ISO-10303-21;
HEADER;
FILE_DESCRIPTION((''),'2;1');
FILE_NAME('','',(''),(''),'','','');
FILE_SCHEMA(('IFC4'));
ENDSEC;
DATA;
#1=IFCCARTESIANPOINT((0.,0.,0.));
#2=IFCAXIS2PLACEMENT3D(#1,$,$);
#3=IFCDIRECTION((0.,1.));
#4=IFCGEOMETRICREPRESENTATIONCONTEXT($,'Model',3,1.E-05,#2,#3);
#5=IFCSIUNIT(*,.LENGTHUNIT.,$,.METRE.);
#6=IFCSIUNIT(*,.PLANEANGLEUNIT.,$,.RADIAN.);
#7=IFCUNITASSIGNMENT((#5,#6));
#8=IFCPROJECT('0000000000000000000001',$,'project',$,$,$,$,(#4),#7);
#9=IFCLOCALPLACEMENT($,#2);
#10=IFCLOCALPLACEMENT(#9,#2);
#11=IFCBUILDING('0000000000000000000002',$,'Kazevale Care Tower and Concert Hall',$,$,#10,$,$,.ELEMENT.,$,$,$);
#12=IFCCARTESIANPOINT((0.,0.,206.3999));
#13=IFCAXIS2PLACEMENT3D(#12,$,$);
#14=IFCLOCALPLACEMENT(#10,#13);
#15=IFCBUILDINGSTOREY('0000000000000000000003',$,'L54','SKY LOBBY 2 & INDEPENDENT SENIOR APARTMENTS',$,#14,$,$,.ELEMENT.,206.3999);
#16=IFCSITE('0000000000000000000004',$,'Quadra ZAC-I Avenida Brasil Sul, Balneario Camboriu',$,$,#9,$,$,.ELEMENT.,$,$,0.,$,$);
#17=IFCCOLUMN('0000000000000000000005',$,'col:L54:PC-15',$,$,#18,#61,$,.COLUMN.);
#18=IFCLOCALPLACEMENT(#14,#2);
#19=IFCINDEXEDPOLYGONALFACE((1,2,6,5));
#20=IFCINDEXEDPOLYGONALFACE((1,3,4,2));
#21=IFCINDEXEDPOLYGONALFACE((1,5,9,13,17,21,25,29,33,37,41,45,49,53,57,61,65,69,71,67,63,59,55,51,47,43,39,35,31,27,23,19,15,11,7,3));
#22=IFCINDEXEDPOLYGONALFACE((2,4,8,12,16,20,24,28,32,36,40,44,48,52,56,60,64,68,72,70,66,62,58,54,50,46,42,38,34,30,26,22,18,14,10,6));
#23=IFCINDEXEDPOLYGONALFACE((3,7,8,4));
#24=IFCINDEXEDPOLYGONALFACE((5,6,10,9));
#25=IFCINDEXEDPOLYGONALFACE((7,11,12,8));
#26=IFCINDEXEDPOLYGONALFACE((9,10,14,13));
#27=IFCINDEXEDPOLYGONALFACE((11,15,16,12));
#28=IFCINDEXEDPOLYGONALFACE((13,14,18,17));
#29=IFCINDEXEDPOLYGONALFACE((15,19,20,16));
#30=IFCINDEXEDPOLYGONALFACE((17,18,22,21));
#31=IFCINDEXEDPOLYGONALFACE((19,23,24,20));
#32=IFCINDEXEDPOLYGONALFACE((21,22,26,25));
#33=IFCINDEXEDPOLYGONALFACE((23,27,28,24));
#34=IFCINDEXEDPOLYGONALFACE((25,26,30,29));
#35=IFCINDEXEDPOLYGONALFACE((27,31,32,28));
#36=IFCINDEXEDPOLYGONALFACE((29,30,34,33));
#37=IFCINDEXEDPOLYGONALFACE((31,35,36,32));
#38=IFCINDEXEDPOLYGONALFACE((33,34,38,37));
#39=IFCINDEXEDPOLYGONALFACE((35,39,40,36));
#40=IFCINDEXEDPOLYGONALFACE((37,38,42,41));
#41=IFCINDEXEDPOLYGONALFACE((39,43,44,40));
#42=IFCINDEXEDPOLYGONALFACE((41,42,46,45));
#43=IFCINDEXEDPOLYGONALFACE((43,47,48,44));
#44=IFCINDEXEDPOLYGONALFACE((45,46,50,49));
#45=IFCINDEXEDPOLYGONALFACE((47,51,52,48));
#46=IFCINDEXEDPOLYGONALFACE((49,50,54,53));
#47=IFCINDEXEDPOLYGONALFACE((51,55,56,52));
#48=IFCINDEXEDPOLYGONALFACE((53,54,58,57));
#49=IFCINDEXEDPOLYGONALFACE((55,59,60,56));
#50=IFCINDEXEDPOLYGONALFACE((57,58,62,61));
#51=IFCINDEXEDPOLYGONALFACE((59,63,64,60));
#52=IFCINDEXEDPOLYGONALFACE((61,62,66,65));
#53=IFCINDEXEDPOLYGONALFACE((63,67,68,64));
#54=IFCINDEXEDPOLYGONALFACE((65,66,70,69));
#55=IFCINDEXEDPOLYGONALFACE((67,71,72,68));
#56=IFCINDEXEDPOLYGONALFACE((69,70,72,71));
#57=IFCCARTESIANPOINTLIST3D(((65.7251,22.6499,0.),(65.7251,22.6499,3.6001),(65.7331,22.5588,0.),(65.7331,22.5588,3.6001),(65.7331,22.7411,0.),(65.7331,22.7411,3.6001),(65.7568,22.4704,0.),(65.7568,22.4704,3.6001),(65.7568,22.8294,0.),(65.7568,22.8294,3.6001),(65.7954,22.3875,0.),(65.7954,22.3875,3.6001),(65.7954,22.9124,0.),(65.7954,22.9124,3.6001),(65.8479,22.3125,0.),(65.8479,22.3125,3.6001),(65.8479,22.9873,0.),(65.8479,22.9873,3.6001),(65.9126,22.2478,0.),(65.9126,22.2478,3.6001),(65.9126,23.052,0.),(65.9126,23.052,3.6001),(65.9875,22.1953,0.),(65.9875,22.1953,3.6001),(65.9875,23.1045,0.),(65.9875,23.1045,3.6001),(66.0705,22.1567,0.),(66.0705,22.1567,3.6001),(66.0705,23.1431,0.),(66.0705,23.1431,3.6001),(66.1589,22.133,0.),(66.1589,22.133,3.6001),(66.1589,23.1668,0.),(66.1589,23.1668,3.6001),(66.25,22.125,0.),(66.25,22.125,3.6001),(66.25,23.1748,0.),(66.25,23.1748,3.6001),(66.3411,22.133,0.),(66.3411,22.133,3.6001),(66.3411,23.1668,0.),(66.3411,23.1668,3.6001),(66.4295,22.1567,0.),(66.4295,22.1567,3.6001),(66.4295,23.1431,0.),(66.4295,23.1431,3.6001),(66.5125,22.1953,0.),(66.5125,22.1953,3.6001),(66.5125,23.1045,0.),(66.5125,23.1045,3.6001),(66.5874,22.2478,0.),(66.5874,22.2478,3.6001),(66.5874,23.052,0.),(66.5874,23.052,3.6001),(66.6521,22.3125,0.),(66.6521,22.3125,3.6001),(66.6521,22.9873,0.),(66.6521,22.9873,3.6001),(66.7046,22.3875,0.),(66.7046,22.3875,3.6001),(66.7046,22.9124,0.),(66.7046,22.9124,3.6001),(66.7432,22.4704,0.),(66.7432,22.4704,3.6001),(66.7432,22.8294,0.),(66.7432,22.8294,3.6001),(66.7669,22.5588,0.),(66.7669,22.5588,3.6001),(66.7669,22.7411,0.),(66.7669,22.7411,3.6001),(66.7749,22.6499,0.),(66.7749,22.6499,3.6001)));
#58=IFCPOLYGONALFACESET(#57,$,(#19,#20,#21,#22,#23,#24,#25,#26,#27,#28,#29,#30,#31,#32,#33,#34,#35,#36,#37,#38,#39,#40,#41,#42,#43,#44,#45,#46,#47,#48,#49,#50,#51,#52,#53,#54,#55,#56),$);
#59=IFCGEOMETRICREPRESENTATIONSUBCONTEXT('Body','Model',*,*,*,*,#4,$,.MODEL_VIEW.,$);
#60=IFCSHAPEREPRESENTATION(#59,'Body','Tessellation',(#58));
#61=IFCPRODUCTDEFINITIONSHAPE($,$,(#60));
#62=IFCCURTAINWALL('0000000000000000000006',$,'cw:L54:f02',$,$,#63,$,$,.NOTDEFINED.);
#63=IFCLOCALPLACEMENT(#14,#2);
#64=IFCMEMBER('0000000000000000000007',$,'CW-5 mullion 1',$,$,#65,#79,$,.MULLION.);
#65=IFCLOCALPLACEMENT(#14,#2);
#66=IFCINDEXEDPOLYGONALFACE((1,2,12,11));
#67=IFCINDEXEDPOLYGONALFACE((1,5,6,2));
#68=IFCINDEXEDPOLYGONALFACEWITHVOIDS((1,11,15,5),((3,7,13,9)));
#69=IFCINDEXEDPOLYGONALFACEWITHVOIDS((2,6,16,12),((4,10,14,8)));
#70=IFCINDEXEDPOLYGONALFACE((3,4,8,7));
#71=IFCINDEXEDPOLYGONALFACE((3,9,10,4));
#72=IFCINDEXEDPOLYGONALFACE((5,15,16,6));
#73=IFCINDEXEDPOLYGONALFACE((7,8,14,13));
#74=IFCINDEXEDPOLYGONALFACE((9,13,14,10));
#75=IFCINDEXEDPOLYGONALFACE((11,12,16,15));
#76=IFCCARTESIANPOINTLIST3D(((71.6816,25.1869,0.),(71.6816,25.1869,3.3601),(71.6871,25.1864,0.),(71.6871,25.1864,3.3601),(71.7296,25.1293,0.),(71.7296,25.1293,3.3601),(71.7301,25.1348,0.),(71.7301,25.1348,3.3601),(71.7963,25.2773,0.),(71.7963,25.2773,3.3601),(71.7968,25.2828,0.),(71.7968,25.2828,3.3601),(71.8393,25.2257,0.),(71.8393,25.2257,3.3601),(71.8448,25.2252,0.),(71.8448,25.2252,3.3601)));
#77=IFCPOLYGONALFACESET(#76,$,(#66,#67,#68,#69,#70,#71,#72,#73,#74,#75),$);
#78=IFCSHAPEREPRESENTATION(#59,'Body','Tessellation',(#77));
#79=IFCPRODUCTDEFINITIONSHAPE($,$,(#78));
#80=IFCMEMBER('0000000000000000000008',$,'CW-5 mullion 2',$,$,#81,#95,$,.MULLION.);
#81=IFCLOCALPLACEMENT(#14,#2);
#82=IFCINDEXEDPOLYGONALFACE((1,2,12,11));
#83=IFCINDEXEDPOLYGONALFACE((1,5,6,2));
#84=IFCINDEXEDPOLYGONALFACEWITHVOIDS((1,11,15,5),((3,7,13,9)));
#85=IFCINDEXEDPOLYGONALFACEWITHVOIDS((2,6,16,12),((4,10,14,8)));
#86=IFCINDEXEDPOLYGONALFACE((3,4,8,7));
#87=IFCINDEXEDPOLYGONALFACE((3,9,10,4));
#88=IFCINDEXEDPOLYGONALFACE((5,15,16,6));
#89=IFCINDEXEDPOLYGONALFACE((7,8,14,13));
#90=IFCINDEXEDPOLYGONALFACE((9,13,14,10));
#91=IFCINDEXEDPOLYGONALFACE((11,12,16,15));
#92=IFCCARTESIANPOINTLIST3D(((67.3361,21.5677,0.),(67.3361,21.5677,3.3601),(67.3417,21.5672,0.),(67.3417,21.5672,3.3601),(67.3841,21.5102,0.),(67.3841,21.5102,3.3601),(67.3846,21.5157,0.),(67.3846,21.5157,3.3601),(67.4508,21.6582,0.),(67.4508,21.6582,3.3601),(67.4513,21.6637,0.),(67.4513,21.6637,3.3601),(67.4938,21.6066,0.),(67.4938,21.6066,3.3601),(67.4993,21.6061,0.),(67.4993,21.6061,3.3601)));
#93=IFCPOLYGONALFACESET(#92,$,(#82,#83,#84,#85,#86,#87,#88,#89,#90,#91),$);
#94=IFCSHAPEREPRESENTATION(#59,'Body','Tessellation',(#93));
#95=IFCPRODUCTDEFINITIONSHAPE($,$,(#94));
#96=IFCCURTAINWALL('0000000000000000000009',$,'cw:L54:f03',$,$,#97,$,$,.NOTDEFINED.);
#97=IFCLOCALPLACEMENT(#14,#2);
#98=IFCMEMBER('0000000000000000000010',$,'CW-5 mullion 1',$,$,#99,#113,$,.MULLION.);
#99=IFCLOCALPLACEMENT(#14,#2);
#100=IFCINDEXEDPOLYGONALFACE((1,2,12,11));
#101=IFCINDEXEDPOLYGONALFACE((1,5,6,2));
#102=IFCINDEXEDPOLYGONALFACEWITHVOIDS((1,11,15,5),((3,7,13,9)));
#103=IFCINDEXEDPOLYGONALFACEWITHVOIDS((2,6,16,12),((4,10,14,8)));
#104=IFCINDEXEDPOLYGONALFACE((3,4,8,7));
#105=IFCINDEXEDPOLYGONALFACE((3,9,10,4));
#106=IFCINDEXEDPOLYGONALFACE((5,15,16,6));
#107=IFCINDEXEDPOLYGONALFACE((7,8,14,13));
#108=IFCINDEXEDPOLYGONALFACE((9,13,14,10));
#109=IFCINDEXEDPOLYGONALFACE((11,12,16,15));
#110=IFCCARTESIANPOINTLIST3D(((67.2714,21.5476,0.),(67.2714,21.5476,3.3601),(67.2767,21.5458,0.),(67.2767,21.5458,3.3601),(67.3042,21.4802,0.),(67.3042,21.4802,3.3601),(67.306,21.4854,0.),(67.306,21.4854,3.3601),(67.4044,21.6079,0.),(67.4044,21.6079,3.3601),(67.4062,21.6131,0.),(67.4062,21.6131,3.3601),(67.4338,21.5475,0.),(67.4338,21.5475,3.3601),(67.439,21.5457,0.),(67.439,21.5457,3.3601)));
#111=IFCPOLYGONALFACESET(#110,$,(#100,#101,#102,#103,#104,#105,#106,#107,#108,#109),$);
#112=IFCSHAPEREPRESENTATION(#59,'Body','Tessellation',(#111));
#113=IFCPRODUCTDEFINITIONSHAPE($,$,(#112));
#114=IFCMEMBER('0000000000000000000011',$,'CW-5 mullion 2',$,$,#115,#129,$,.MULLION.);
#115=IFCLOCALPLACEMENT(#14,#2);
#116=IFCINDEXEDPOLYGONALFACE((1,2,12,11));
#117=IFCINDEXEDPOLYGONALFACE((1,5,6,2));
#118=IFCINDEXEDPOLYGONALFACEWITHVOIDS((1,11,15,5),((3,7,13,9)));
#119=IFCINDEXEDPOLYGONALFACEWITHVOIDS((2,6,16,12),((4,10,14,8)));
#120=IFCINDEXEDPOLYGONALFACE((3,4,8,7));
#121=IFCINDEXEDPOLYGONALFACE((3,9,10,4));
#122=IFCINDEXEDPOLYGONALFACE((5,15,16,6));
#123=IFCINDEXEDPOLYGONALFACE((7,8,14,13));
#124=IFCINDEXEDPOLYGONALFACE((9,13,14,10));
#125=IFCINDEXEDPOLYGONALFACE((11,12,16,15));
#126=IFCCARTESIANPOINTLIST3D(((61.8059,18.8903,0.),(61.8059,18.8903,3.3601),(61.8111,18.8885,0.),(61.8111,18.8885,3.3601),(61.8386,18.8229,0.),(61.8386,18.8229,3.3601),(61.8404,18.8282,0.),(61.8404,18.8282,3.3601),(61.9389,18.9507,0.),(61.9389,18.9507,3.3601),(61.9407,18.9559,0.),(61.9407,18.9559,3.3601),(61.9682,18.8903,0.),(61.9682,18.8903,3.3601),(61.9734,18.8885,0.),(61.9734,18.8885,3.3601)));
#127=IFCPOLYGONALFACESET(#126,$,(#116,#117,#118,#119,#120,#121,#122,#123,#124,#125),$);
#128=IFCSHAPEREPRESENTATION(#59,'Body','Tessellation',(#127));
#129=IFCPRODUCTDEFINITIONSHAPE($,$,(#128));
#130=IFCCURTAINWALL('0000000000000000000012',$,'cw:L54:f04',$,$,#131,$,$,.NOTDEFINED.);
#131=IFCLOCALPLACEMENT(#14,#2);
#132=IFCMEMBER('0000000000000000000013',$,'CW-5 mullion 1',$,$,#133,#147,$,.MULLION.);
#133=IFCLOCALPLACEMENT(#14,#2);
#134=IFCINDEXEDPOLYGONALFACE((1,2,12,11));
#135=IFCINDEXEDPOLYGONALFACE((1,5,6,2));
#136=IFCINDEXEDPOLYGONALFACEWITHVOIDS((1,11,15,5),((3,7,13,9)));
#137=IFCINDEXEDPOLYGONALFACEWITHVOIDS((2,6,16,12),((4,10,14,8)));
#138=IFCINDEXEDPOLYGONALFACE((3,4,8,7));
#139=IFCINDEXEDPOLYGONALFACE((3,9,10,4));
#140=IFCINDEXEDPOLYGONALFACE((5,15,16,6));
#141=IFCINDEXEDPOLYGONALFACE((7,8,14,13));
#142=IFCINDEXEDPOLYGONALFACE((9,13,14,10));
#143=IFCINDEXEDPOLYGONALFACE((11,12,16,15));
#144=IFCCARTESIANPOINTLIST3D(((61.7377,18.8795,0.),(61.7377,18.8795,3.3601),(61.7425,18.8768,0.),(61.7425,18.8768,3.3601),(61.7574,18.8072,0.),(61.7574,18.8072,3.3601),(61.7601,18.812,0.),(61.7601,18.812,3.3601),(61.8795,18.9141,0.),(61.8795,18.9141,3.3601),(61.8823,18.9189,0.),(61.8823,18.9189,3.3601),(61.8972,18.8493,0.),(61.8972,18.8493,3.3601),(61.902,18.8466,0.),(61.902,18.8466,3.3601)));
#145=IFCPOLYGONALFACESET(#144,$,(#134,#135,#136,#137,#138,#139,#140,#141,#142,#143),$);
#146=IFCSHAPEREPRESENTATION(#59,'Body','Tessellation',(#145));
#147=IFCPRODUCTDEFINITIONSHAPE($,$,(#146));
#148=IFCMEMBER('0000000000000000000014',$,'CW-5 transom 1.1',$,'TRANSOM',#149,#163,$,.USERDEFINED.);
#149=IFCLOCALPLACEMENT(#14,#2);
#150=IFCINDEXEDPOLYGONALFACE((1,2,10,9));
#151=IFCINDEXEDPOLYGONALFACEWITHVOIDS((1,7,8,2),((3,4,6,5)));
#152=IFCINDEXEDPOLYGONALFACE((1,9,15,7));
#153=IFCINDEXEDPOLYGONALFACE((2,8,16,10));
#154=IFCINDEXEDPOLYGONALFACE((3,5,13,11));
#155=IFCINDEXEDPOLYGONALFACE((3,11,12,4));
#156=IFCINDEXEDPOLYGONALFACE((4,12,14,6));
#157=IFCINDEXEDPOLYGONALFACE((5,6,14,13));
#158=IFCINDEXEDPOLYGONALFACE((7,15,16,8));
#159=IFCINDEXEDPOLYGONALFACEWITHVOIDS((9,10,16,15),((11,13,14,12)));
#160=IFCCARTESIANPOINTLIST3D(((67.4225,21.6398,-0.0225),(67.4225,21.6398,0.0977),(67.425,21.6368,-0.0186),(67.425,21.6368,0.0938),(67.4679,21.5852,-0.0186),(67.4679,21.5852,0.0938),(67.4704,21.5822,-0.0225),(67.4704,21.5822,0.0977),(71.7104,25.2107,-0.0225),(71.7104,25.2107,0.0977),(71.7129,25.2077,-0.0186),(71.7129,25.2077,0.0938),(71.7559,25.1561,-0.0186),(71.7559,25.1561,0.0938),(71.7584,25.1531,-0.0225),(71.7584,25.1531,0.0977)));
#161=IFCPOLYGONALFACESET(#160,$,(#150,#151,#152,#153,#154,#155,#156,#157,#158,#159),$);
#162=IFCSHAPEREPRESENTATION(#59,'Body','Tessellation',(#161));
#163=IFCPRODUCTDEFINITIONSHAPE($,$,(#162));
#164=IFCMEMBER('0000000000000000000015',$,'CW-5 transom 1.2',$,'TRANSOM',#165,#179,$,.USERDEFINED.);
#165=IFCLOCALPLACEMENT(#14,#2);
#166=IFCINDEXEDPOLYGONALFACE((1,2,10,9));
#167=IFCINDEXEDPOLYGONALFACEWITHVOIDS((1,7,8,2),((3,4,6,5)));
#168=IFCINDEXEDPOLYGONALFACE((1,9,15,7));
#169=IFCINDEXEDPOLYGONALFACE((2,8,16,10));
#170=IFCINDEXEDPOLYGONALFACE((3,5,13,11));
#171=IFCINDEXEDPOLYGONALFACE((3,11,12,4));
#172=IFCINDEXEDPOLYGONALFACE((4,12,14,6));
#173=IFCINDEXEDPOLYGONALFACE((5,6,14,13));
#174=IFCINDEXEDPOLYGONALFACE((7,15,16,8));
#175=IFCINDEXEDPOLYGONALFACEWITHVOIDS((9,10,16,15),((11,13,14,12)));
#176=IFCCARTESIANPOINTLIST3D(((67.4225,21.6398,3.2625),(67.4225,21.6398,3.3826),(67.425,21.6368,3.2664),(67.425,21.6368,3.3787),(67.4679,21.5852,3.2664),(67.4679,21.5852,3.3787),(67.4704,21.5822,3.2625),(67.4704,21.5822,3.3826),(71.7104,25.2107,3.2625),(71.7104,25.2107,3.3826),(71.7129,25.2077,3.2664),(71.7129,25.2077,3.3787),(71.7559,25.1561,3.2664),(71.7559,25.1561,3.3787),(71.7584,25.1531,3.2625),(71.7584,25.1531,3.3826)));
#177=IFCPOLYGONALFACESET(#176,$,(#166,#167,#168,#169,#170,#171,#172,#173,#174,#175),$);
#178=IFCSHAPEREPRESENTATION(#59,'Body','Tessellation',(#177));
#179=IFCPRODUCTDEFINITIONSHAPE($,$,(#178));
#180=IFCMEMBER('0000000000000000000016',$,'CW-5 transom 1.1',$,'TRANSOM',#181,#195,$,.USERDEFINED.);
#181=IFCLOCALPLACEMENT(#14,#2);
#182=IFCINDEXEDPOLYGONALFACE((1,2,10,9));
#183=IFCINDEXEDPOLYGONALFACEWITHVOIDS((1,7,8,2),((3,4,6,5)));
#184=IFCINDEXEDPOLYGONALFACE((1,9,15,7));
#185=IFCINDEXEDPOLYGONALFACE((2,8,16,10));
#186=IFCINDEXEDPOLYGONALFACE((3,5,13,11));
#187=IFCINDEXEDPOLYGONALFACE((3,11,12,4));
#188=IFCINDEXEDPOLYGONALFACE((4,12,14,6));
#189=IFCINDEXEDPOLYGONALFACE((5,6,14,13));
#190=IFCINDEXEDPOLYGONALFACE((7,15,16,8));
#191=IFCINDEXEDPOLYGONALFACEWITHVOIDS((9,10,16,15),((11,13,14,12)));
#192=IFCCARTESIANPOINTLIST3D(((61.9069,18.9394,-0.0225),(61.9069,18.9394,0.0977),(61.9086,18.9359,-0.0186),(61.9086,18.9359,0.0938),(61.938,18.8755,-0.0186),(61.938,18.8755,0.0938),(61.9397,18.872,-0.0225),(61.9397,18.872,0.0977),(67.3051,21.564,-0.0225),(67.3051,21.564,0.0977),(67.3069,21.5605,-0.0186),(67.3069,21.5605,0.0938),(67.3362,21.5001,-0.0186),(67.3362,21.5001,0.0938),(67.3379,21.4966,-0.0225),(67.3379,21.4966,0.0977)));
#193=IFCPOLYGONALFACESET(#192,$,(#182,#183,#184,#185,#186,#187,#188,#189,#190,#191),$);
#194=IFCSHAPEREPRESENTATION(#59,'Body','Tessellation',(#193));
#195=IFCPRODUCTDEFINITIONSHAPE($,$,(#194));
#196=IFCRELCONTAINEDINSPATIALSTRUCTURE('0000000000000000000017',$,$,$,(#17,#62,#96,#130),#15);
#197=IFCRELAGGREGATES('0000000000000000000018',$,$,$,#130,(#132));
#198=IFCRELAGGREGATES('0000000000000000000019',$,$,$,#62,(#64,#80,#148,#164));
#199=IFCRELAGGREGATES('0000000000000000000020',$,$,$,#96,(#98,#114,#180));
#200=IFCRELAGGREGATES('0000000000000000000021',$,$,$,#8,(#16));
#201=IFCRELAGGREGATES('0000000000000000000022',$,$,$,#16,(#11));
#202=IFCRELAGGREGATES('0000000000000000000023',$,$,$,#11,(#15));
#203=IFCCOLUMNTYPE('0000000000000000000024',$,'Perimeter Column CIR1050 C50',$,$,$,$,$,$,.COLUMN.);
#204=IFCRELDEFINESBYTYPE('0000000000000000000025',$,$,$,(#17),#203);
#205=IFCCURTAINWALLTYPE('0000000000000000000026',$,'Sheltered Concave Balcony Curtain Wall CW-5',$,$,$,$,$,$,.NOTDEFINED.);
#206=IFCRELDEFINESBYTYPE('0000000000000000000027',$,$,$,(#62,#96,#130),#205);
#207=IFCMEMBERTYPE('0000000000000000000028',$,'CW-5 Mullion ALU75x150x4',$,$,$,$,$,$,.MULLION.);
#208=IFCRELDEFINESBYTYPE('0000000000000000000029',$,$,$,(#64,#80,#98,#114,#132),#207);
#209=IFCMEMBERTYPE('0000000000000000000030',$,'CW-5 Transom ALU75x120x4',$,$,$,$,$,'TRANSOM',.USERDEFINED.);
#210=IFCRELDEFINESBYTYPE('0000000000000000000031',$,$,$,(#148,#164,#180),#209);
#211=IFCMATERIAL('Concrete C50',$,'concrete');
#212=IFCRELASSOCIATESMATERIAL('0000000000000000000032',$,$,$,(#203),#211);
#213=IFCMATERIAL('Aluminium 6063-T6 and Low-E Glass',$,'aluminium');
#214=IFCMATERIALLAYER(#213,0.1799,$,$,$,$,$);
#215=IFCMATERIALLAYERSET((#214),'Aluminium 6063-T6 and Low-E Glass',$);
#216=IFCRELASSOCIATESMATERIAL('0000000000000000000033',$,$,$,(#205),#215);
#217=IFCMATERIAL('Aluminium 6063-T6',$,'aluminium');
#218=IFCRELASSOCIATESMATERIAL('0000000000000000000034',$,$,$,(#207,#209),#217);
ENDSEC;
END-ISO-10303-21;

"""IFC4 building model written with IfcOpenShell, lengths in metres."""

from ifc_helpers import new_model, si_unit, direction, frame, origin, origin_2d, place, context, subcontext, project, spatial, hollow_rectangle, circle, extrude, material, layer, layer_set, material_profile, profile_set, type_object, element, aggregate, save


model = new_model("IFC4")

# Units and contexts
model_context = context("Model", 3, precision=1e-05, world=origin(), true_north=direction((0.0, 1.0)))
body_context = subcontext(model_context, "Body", "Model", "MODEL_VIEW")
ifc_project = project(units=[si_unit("LENGTHUNIT", "METRE"), si_unit("PLANEANGLEUNIT", "RADIAN")], contexts=[model_context])

# Site, building, storey
site_placement = place(None, origin())
site = spatial("IfcSite", under=ifc_project, at=site_placement, Name="Quadra ZAC-I Avenida Brasil Sul, Balneario Camboriu", CompositionType="ELEMENT", RefElevation=0.0)
building_placement = place(site_placement, origin())
building = spatial("IfcBuilding", under=site, at=building_placement, Name="Kazevale Care Tower and Concert Hall", CompositionType="ELEMENT")
storey_placement = place(building_placement, frame((0.0, 0.0, 206.3999)))
storey = spatial("IfcBuildingStorey", under=building, at=storey_placement, Name="L54", Description="SKY LOBBY 2 & INDEPENDENT SENIOR APARTMENTS", CompositionType="ELEMENT", Elevation=206.3999)

# Column
ifc_material_1 = material(Name="Concrete C50", Category="concrete")
ifc_material_profile_1 = material_profile(ifc_material_1, circle(Radius=0.5249, at=origin_2d()), Name="RC-CIR1050")
ifc_profile_set_1 = profile_set([ifc_material_profile_1], Name="Concrete C50")
column_type = type_object("IfcColumnType", Name="Perimeter Column CIR1050 C50", PredefinedType="COLUMN", material=ifc_profile_set_1)
column_placement = place(storey_placement, frame((66.25, 22.6499, 0.0), z_axis=(0.0, 0.0, 1.0), x_axis=(1.0, 0.0, 0.0)))
element("IfcColumn", 1, at=column_placement, inside=storey, type_object=column_type, Name="col:L54:PC-15", PredefinedType="COLUMN", context=body_context, shape_type="SweptSolid", body=[
    extrude(circle(Radius=0.5249, at=origin_2d()), origin(), (0.0, 0.0, 1.0), 3.6001),
])

# Curtain walls, members
ifc_material_2 = material(Name="Aluminium 6063-T6 and Low-E Glass", Category="aluminium")
ifc_layer_1 = layer(ifc_material_2, 0.1799)
ifc_layer_set_1 = layer_set([ifc_layer_1], Name="Aluminium 6063-T6 and Low-E Glass")
curtain_wall_type = type_object("IfcCurtainWallType", Name="Sheltered Concave Balcony Curtain Wall CW-5", PredefinedType="NOTDEFINED", material=ifc_layer_set_1)
curtain_wall_1_placement = place(storey_placement, origin())
curtain_wall_1 = element("IfcCurtainWall", 2, at=curtain_wall_1_placement, inside=storey, type_object=curtain_wall_type, Name="cw:L54:f02", PredefinedType="NOTDEFINED")
ifc_material_3 = material(Name="Aluminium 6063-T6", Category="aluminium")
ifc_material_profile_2 = material_profile(ifc_material_3, hollow_rectangle(XDim=0.075, YDim=0.1499, WallThickness=0.0039, at=origin_2d()), Name="ALU75x150x4")
ifc_profile_set_2 = profile_set([ifc_material_profile_2], Name="Aluminium 6063-T6")
member_type_1 = type_object("IfcMemberType", Name="CW-5 Mullion ALU75x150x4", PredefinedType="MULLION", material=ifc_profile_set_2)
member_1_placement = place(storey_placement, frame((71.7632, 25.2061, 0.0), z_axis=(0.0, 0.0, 1.0), x_axis=(0.639961, -0.768407, 0.0)))
member_1 = element("IfcMember", 3, at=member_1_placement, type_object=member_type_1, Name="CW-5 mullion 1", PredefinedType="MULLION", context=body_context, shape_type="SweptSolid", body=[
    extrude(hollow_rectangle(XDim=0.075, YDim=0.1499, WallThickness=0.0039, at=origin_2d()), origin(), (0.0, 0.0, 1.0), 3.3601),
])
member_2_placement = place(storey_placement, frame((67.4177, 21.5869, 0.0), z_axis=(0.0, 0.0, 1.0), x_axis=(0.639961, -0.768407, 0.0)))
member_2 = element("IfcMember", 4, at=member_2_placement, type_object=member_type_1, Name="CW-5 mullion 2", PredefinedType="MULLION", context=body_context, shape_type="SweptSolid", body=[
    extrude(hollow_rectangle(XDim=0.075, YDim=0.1499, WallThickness=0.0039, at=origin_2d()), origin(), (0.0, 0.0, 1.0), 3.3601),
])
curtain_wall_2_placement = place(storey_placement, origin())
curtain_wall_2 = element("IfcCurtainWall", 5, at=curtain_wall_2_placement, inside=storey, type_object=curtain_wall_type, Name="cw:L54:f03", PredefinedType="NOTDEFINED")
member_3_placement = place(storey_placement, frame((67.3552, 21.5466, 0.0), z_axis=(0.0, 0.0, 1.0), x_axis=(0.437238, -0.899346, 0.0)))
member_3 = element("IfcMember", 6, at=member_3_placement, type_object=member_type_1, Name="CW-5 mullion 1", PredefinedType="MULLION", context=body_context, shape_type="SweptSolid", body=[
    extrude(hollow_rectangle(XDim=0.075, YDim=0.1499, WallThickness=0.0039, at=origin_2d()), origin(), (0.0, 0.0, 1.0), 3.3601),
])
member_4_placement = place(storey_placement, frame((61.8896, 18.8894, 0.0), z_axis=(0.0, 0.0, 1.0), x_axis=(0.437238, -0.899346, 0.0)))
member_4 = element("IfcMember", 7, at=member_4_placement, type_object=member_type_1, Name="CW-5 mullion 2", PredefinedType="MULLION", context=body_context, shape_type="SweptSolid", body=[
    extrude(hollow_rectangle(XDim=0.075, YDim=0.1499, WallThickness=0.0039, at=origin_2d()), origin(), (0.0, 0.0, 1.0), 3.3601),
])

# Curtain wall, member
curtain_wall_3_placement = place(storey_placement, origin())
curtain_wall_3 = element("IfcCurtainWall", 8, at=curtain_wall_3_placement, inside=storey, type_object=curtain_wall_type, Name="cw:L54:f04", PredefinedType="NOTDEFINED")
member_5_placement = place(storey_placement, frame((61.8198, 18.863, 0.0), z_axis=(0.0, 0.0, 1.0), x_axis=(0.262849, -0.964837, 0.0)))
member_5 = element("IfcMember", 9, at=member_5_placement, type_object=member_type_1, Name="CW-5 mullion 1", PredefinedType="MULLION", context=body_context, shape_type="SweptSolid", body=[
    extrude(hollow_rectangle(XDim=0.075, YDim=0.1499, WallThickness=0.0039, at=origin_2d()), origin(), (0.0, 0.0, 1.0), 3.3601),
])

# Members
ifc_material_profile_3 = material_profile(ifc_material_3, hollow_rectangle(XDim=0.075, YDim=0.1201, WallThickness=0.0039, at=origin_2d()), Name="ALU75x120x4")
ifc_profile_set_3 = profile_set([ifc_material_profile_3], Name="Aluminium 6063-T6")
member_type_2 = type_object("IfcMemberType", Name="CW-5 Transom ALU75x120x4", ElementType="TRANSOM", PredefinedType="USERDEFINED", material=ifc_profile_set_3)
member_6_placement = place(storey_placement, frame((71.7344, 25.1819, 0.0376), z_axis=(-0.768433, -0.63993, 0.0), x_axis=(0.63993, -0.768433, 0.0)))
member_6 = element("IfcMember", 10, at=member_6_placement, type_object=member_type_2, Name="CW-5 transom 1.1", ObjectType="TRANSOM", PredefinedType="USERDEFINED", context=body_context, shape_type="SweptSolid", body=[
    extrude(hollow_rectangle(XDim=0.075, YDim=0.1201, WallThickness=0.0039, at=origin_2d()), origin(), (0.0, 0.0, 1.0), 5.5801),
])
member_7_placement = place(storey_placement, frame((71.7344, 25.1819, 3.3225), z_axis=(-0.768433, -0.63993, 0.0), x_axis=(0.63993, -0.768433, 0.0)))
member_7 = element("IfcMember", 11, at=member_7_placement, type_object=member_type_2, Name="CW-5 transom 1.2", ObjectType="TRANSOM", PredefinedType="USERDEFINED", context=body_context, shape_type="SweptSolid", body=[
    extrude(hollow_rectangle(XDim=0.075, YDim=0.1201, WallThickness=0.0039, at=origin_2d()), origin(), (0.0, 0.0, 1.0), 5.5801),
])
member_8_placement = place(storey_placement, frame((67.3215, 21.5303, 0.0376), z_axis=(-0.899342, -0.437245, 0.0), x_axis=(0.437245, -0.899342, 0.0)))
member_8 = element("IfcMember", 12, at=member_8_placement, type_object=member_type_2, Name="CW-5 transom 1.1", ObjectType="TRANSOM", PredefinedType="USERDEFINED", context=body_context, shape_type="SweptSolid", body=[
    extrude(hollow_rectangle(XDim=0.075, YDim=0.1201, WallThickness=0.0039, at=origin_2d()), origin(), (0.0, 0.0, 1.0), 6.0024),
])
aggregate(curtain_wall_3, [member_5])

aggregate(curtain_wall_1, [member_1, member_2, member_6, member_7])
aggregate(curtain_wall_2, [member_3, member_4, member_8])

save(model, "model.ifc")
